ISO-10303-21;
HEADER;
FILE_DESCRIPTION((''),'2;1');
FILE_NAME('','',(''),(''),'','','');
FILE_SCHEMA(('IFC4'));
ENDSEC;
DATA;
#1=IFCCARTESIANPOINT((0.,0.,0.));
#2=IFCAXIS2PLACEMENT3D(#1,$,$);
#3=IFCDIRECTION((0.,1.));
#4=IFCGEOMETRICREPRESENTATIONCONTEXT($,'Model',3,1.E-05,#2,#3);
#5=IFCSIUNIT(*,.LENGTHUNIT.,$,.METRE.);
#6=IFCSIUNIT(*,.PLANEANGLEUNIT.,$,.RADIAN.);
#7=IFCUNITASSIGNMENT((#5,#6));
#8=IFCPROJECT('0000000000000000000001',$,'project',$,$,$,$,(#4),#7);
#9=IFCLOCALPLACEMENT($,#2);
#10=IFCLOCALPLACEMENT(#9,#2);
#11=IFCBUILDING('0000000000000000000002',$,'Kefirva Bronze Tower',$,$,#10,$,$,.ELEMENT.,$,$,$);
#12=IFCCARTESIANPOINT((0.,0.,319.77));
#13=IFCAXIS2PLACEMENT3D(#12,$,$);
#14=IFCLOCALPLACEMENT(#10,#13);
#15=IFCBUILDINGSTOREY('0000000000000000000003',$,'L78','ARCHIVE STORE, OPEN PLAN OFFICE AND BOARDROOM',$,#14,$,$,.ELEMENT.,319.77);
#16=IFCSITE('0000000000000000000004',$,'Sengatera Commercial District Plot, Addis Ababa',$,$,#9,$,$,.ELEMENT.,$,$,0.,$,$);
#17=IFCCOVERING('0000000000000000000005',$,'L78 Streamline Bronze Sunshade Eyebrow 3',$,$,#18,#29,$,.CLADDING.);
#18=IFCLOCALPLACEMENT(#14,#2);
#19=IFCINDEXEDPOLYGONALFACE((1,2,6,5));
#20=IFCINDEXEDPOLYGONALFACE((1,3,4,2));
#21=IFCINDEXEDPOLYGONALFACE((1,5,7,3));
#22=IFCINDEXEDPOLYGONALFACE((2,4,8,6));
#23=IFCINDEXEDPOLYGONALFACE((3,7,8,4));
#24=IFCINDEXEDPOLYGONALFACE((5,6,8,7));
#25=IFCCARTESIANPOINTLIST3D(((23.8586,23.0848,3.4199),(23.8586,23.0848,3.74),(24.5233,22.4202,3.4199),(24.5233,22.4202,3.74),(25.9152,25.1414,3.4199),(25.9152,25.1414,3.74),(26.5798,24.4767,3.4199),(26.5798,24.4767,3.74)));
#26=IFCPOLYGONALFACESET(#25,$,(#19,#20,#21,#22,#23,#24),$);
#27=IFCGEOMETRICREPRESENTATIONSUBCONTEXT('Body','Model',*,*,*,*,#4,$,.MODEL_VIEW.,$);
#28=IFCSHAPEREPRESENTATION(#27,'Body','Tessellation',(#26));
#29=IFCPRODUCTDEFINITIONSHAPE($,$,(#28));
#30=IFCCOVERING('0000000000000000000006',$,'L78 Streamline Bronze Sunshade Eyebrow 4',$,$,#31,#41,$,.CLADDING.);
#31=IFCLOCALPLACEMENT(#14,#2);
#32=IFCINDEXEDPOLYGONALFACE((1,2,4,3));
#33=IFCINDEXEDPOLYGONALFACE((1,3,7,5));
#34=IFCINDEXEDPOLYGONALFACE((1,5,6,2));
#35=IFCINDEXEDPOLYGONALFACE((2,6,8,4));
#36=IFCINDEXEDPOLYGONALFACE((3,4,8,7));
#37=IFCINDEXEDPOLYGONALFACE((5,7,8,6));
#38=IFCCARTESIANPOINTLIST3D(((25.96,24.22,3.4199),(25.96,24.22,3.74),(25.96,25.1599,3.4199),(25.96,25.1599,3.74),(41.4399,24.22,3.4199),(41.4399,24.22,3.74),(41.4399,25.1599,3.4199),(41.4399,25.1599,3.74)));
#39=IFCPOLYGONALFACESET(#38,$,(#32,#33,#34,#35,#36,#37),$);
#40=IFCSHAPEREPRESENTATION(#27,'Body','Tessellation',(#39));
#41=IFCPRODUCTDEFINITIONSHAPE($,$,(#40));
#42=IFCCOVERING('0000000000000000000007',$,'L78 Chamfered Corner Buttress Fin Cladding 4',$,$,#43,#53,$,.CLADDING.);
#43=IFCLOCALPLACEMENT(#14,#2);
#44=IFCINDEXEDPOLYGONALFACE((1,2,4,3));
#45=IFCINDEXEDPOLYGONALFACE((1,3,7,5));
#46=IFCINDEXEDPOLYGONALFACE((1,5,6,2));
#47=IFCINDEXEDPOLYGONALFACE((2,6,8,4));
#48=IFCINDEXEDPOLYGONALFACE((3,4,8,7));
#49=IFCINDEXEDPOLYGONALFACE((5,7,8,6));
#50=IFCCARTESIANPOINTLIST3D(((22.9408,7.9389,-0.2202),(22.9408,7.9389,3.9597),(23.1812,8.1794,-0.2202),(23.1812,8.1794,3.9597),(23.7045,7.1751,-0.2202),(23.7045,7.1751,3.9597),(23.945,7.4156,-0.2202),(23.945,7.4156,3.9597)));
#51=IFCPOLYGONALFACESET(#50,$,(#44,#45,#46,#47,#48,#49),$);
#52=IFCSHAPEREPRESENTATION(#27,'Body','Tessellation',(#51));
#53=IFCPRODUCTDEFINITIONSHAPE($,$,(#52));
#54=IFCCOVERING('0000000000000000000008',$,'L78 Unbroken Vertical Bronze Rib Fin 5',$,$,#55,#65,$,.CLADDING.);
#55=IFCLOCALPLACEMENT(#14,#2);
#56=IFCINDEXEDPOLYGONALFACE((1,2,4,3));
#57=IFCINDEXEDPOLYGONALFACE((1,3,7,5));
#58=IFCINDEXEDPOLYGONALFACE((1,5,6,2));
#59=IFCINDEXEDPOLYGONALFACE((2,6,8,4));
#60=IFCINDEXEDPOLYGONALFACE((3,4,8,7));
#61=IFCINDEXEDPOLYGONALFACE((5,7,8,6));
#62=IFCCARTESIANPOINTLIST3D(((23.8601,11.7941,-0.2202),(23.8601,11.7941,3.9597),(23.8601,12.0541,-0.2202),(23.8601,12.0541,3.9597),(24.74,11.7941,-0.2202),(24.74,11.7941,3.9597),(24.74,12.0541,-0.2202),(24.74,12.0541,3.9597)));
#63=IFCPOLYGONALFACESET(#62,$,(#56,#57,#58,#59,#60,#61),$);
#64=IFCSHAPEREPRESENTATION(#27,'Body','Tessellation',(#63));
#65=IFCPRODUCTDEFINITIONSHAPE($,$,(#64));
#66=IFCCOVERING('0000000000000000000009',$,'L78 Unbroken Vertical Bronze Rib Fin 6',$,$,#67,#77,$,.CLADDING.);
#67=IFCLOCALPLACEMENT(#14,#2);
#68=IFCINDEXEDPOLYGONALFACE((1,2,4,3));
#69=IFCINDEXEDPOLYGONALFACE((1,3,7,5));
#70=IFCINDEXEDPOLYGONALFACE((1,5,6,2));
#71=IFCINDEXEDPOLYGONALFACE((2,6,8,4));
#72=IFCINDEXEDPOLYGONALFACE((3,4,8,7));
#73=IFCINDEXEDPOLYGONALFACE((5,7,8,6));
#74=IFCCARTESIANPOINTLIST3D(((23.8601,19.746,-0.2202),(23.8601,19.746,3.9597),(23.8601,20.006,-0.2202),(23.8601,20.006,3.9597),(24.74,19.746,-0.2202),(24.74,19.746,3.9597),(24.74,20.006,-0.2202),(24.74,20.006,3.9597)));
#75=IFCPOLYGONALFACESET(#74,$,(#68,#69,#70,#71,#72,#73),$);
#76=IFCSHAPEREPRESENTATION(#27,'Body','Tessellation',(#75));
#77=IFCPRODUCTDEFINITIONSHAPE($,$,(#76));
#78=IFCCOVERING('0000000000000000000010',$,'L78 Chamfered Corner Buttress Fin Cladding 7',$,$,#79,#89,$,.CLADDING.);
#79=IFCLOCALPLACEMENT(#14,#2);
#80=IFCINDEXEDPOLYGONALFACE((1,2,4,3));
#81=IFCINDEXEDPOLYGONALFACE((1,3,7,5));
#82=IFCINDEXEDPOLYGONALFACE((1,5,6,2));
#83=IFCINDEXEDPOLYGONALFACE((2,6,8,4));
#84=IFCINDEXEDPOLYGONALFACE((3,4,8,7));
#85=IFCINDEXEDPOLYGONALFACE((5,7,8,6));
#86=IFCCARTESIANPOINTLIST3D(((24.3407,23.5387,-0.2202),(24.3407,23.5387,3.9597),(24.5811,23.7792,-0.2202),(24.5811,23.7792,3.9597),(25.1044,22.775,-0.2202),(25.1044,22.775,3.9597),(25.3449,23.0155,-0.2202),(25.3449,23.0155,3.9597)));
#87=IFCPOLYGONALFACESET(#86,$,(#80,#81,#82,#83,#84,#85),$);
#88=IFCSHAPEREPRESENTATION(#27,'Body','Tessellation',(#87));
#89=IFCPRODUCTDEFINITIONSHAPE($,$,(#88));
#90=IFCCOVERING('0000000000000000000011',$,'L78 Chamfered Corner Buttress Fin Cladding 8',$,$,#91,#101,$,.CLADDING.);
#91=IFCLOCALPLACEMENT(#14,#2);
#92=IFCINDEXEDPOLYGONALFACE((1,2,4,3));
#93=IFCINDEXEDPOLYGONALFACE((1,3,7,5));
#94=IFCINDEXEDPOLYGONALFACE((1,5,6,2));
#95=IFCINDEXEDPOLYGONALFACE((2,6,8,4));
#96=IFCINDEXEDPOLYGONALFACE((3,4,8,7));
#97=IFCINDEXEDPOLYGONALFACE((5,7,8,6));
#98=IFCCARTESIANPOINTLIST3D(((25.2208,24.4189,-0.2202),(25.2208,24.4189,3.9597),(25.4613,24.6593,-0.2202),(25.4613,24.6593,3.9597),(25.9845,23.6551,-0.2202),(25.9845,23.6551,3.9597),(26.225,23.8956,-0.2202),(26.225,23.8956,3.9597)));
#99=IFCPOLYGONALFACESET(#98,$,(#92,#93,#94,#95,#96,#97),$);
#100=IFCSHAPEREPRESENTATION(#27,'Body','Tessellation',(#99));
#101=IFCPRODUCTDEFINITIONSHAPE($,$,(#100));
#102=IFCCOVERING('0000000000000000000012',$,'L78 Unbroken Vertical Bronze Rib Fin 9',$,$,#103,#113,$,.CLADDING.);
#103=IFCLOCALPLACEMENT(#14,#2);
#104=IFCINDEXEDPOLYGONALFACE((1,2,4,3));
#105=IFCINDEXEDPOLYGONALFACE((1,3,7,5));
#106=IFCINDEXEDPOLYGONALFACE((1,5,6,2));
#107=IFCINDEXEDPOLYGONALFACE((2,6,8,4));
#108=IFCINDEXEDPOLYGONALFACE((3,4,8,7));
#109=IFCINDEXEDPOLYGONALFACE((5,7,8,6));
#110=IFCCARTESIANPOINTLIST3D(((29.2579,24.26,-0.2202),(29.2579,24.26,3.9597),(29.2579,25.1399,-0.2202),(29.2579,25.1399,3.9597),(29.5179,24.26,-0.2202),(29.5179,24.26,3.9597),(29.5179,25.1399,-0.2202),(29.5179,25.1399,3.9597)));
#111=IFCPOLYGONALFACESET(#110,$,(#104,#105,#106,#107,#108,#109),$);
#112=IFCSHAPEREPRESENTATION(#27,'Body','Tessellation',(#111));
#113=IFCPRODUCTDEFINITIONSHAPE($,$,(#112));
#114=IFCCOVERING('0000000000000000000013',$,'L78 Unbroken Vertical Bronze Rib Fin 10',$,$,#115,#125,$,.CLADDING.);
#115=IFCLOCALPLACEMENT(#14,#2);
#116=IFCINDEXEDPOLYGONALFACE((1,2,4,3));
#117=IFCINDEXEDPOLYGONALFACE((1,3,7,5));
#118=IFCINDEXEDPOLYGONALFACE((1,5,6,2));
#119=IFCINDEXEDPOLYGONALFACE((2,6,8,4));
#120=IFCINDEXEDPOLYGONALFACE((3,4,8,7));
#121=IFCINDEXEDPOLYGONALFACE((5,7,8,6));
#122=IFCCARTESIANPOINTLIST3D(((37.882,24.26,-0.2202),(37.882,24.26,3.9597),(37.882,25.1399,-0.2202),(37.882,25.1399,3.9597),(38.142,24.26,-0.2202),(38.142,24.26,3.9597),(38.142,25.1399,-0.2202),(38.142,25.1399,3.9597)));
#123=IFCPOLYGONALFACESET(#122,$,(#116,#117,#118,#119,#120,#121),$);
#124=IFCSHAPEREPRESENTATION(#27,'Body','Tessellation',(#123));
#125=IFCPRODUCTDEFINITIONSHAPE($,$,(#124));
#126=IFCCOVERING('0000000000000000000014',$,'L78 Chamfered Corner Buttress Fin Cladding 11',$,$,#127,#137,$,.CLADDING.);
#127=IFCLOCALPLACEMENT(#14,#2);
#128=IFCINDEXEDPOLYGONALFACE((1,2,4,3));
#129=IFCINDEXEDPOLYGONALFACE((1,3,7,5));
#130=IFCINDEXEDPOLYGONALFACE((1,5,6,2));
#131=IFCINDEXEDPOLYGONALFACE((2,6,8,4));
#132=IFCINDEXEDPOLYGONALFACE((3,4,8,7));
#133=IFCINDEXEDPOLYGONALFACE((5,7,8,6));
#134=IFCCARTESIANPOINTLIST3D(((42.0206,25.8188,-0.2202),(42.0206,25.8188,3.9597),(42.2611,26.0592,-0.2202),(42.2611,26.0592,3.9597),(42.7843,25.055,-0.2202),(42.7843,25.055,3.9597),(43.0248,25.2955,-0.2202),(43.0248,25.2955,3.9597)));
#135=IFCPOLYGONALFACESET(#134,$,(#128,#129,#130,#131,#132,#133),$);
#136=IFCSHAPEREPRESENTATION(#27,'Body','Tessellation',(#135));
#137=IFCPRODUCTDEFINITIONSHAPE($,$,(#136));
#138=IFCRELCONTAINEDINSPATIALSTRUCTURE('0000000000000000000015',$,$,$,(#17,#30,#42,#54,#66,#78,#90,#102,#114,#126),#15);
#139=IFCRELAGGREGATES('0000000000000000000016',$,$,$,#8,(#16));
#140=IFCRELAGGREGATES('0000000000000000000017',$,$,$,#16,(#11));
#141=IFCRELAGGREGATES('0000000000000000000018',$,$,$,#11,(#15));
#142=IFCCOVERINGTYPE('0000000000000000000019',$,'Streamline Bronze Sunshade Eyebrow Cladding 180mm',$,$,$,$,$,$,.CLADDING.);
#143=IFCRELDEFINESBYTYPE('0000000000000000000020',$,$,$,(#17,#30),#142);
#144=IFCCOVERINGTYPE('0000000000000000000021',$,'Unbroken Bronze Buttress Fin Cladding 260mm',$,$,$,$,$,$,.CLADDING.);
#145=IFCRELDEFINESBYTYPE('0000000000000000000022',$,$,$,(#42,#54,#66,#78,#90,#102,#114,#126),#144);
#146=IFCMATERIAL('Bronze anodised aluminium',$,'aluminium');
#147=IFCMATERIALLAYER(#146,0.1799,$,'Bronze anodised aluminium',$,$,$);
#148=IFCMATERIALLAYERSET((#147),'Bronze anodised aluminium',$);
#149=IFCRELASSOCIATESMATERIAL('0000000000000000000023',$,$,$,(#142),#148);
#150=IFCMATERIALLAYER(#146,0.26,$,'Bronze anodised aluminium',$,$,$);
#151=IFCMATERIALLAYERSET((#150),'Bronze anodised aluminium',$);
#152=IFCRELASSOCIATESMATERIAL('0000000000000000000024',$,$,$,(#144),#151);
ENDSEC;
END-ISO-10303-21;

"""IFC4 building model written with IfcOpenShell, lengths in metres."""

from ifc_helpers import new_model, si_unit, direction, frame, origin, origin_2d, place, context, subcontext, project, spatial, rectangle, extrude, material, layer, layer_set, type_object, element, save


model = new_model("IFC4")

# Units and contexts
model_context = context("Model", 3, precision=1e-05, world=origin(), true_north=direction((0.0, 1.0)))
body_context = subcontext(model_context, "Body", "Model", "MODEL_VIEW")
ifc_project = project(units=[si_unit("LENGTHUNIT", "METRE"), si_unit("PLANEANGLEUNIT", "RADIAN")], contexts=[model_context])

# Site, building, storey
site_placement = place(None, origin())
site = spatial("IfcSite", under=ifc_project, at=site_placement, Name="Sengatera Commercial District Plot, Addis Ababa", CompositionType="ELEMENT", RefElevation=0.0)
building_placement = place(site_placement, origin())
building = spatial("IfcBuilding", under=site, at=building_placement, Name="Kefirva Bronze Tower", CompositionType="ELEMENT")
storey_placement = place(building_placement, frame((0.0, 0.0, 319.77)))
storey = spatial("IfcBuildingStorey", under=building, at=storey_placement, Name="L78", Description="ARCHIVE STORE, OPEN PLAN OFFICE AND BOARDROOM", CompositionType="ELEMENT", Elevation=319.77)

# Shared definitions
ifc_material_1 = material(Name="Bronze anodised aluminium", Category="aluminium")

# Coverings
ifc_layer_1 = layer(ifc_material_1, 0.1799, Name="Bronze anodised aluminium")
ifc_layer_set_1 = layer_set([ifc_layer_1], Name="Bronze anodised aluminium")
covering_type_1 = type_object("IfcCoveringType", Name="Streamline Bronze Sunshade Eyebrow Cladding 180mm", PredefinedType="CLADDING", material=ifc_layer_set_1)
covering_1_placement = place(storey_placement, frame((25.2192, 23.7808, 3.4199), z_axis=(0.0, 0.0, 1.0), x_axis=(0.707107, 0.707107, 0.0)))
element("IfcCovering", 1, at=covering_1_placement, inside=storey, type_object=covering_type_1, Name="L78 Streamline Bronze Sunshade Eyebrow 3", PredefinedType="CLADDING", context=body_context, shape_type="SweptSolid", body=[
    extrude(rectangle(XDim=2.9084, YDim=0.9399, at=origin_2d()), origin(), (0.0, 0.0, 1.0), 0.3201),
])
covering_2_placement = place(storey_placement, frame((33.7, 24.6899, 3.4199), z_axis=(0.0, 0.0, 1.0), x_axis=(1.0, 0.0, 0.0)))
element("IfcCovering", 2, at=covering_2_placement, inside=storey, type_object=covering_type_1, Name="L78 Streamline Bronze Sunshade Eyebrow 4", PredefinedType="CLADDING", context=body_context, shape_type="SweptSolid", body=[
    extrude(rectangle(XDim=15.48, YDim=0.9399, at=origin_2d()), origin(), (0.0, 0.0, 1.0), 0.3201),
])
ifc_layer_2 = layer(ifc_material_1, 0.26, Name="Bronze anodised aluminium")
ifc_layer_set_2 = layer_set([ifc_layer_2], Name="Bronze anodised aluminium")
covering_type_2 = type_object("IfcCoveringType", Name="Unbroken Bronze Buttress Fin Cladding 260mm", PredefinedType="CLADDING", material=ifc_layer_set_2)
covering_3_placement = place(storey_placement, frame((23.4429, 7.6772, -0.2202), z_axis=(0.0, 0.0, 1.0), x_axis=(0.707107, 0.707107, 0.0)))
element("IfcCovering", 3, at=covering_3_placement, inside=storey, type_object=covering_type_2, Name="L78 Chamfered Corner Buttress Fin Cladding 4", PredefinedType="CLADDING", context=body_context, shape_type="SweptSolid", body=[
    extrude(rectangle(XDim=0.3401, YDim=1.0801, at=origin_2d()), origin(), (0.0, 0.0, 1.0), 4.1799),
])
for number, where, z_axis, x_axis, name in (
    (4, (24.3, 11.9241, -0.2202), (0.0, 0.0, 1.0), (0.0, 1.0, 0.0), "L78 Unbroken Vertical Bronze Rib Fin 5"),
    (5, (24.3, 19.876, -0.2202), (0.0, 0.0, 1.0), (0.0, 1.0, 0.0), "L78 Unbroken Vertical Bronze Rib Fin 6"),
):
    element("IfcCovering", number, at=place(storey_placement, frame(where, z_axis=z_axis, x_axis=x_axis)), inside=storey, type_object=covering_type_2, Name=name, PredefinedType="CLADDING", context=body_context, shape_type="SweptSolid", body=[
        extrude(rectangle(XDim=0.26, YDim=0.8799, at=origin_2d()), origin(), (0.0, 0.0, 1.0), 4.1799),
    ])
for number, where, z_axis, x_axis, name in (
    (6, (24.8428, 23.2771, -0.2202), (0.0, 0.0, 1.0), (0.707107, 0.707107, 0.0), "L78 Chamfered Corner Buttress Fin Cladding 7"),
    (7, (25.7229, 24.1572, -0.2202), (0.0, 0.0, 1.0), (0.707107, 0.707107, 0.0), "L78 Chamfered Corner Buttress Fin Cladding 8"),
):
    element("IfcCovering", number, at=place(storey_placement, frame(where, z_axis=z_axis, x_axis=x_axis)), inside=storey, type_object=covering_type_2, Name=name, PredefinedType="CLADDING", context=body_context, shape_type="SweptSolid", body=[
        extrude(rectangle(XDim=0.3401, YDim=1.0801, at=origin_2d()), origin(), (0.0, 0.0, 1.0), 4.1799),
    ])
for number, where, z_axis, x_axis, name in (
    (8, (29.3879, 24.7, -0.2202), (0.0, 0.0, 1.0), (1.0, 0.0, 0.0), "L78 Unbroken Vertical Bronze Rib Fin 9"),
    (9, (38.012, 24.7, -0.2202), (0.0, 0.0, 1.0), (1.0, 0.0, 0.0), "L78 Unbroken Vertical Bronze Rib Fin 10"),
):
    element("IfcCovering", number, at=place(storey_placement, frame(where, z_axis=z_axis, x_axis=x_axis)), inside=storey, type_object=covering_type_2, Name=name, PredefinedType="CLADDING", context=body_context, shape_type="SweptSolid", body=[
        extrude(rectangle(XDim=0.26, YDim=0.8799, at=origin_2d()), origin(), (0.0, 0.0, 1.0), 4.1799),
    ])
covering_4_placement = place(storey_placement, frame((42.5227, 25.5571, -0.2202), z_axis=(0.0, 0.0, 1.0), x_axis=(0.707107, 0.707107, 0.0)))
element("IfcCovering", 10, at=covering_4_placement, inside=storey, type_object=covering_type_2, Name="L78 Chamfered Corner Buttress Fin Cladding 11", PredefinedType="CLADDING", context=body_context, shape_type="SweptSolid", body=[
    extrude(rectangle(XDim=0.3401, YDim=1.0801, at=origin_2d()), origin(), (0.0, 0.0, 1.0), 4.1799),
])

save(model, "model.ifc")
